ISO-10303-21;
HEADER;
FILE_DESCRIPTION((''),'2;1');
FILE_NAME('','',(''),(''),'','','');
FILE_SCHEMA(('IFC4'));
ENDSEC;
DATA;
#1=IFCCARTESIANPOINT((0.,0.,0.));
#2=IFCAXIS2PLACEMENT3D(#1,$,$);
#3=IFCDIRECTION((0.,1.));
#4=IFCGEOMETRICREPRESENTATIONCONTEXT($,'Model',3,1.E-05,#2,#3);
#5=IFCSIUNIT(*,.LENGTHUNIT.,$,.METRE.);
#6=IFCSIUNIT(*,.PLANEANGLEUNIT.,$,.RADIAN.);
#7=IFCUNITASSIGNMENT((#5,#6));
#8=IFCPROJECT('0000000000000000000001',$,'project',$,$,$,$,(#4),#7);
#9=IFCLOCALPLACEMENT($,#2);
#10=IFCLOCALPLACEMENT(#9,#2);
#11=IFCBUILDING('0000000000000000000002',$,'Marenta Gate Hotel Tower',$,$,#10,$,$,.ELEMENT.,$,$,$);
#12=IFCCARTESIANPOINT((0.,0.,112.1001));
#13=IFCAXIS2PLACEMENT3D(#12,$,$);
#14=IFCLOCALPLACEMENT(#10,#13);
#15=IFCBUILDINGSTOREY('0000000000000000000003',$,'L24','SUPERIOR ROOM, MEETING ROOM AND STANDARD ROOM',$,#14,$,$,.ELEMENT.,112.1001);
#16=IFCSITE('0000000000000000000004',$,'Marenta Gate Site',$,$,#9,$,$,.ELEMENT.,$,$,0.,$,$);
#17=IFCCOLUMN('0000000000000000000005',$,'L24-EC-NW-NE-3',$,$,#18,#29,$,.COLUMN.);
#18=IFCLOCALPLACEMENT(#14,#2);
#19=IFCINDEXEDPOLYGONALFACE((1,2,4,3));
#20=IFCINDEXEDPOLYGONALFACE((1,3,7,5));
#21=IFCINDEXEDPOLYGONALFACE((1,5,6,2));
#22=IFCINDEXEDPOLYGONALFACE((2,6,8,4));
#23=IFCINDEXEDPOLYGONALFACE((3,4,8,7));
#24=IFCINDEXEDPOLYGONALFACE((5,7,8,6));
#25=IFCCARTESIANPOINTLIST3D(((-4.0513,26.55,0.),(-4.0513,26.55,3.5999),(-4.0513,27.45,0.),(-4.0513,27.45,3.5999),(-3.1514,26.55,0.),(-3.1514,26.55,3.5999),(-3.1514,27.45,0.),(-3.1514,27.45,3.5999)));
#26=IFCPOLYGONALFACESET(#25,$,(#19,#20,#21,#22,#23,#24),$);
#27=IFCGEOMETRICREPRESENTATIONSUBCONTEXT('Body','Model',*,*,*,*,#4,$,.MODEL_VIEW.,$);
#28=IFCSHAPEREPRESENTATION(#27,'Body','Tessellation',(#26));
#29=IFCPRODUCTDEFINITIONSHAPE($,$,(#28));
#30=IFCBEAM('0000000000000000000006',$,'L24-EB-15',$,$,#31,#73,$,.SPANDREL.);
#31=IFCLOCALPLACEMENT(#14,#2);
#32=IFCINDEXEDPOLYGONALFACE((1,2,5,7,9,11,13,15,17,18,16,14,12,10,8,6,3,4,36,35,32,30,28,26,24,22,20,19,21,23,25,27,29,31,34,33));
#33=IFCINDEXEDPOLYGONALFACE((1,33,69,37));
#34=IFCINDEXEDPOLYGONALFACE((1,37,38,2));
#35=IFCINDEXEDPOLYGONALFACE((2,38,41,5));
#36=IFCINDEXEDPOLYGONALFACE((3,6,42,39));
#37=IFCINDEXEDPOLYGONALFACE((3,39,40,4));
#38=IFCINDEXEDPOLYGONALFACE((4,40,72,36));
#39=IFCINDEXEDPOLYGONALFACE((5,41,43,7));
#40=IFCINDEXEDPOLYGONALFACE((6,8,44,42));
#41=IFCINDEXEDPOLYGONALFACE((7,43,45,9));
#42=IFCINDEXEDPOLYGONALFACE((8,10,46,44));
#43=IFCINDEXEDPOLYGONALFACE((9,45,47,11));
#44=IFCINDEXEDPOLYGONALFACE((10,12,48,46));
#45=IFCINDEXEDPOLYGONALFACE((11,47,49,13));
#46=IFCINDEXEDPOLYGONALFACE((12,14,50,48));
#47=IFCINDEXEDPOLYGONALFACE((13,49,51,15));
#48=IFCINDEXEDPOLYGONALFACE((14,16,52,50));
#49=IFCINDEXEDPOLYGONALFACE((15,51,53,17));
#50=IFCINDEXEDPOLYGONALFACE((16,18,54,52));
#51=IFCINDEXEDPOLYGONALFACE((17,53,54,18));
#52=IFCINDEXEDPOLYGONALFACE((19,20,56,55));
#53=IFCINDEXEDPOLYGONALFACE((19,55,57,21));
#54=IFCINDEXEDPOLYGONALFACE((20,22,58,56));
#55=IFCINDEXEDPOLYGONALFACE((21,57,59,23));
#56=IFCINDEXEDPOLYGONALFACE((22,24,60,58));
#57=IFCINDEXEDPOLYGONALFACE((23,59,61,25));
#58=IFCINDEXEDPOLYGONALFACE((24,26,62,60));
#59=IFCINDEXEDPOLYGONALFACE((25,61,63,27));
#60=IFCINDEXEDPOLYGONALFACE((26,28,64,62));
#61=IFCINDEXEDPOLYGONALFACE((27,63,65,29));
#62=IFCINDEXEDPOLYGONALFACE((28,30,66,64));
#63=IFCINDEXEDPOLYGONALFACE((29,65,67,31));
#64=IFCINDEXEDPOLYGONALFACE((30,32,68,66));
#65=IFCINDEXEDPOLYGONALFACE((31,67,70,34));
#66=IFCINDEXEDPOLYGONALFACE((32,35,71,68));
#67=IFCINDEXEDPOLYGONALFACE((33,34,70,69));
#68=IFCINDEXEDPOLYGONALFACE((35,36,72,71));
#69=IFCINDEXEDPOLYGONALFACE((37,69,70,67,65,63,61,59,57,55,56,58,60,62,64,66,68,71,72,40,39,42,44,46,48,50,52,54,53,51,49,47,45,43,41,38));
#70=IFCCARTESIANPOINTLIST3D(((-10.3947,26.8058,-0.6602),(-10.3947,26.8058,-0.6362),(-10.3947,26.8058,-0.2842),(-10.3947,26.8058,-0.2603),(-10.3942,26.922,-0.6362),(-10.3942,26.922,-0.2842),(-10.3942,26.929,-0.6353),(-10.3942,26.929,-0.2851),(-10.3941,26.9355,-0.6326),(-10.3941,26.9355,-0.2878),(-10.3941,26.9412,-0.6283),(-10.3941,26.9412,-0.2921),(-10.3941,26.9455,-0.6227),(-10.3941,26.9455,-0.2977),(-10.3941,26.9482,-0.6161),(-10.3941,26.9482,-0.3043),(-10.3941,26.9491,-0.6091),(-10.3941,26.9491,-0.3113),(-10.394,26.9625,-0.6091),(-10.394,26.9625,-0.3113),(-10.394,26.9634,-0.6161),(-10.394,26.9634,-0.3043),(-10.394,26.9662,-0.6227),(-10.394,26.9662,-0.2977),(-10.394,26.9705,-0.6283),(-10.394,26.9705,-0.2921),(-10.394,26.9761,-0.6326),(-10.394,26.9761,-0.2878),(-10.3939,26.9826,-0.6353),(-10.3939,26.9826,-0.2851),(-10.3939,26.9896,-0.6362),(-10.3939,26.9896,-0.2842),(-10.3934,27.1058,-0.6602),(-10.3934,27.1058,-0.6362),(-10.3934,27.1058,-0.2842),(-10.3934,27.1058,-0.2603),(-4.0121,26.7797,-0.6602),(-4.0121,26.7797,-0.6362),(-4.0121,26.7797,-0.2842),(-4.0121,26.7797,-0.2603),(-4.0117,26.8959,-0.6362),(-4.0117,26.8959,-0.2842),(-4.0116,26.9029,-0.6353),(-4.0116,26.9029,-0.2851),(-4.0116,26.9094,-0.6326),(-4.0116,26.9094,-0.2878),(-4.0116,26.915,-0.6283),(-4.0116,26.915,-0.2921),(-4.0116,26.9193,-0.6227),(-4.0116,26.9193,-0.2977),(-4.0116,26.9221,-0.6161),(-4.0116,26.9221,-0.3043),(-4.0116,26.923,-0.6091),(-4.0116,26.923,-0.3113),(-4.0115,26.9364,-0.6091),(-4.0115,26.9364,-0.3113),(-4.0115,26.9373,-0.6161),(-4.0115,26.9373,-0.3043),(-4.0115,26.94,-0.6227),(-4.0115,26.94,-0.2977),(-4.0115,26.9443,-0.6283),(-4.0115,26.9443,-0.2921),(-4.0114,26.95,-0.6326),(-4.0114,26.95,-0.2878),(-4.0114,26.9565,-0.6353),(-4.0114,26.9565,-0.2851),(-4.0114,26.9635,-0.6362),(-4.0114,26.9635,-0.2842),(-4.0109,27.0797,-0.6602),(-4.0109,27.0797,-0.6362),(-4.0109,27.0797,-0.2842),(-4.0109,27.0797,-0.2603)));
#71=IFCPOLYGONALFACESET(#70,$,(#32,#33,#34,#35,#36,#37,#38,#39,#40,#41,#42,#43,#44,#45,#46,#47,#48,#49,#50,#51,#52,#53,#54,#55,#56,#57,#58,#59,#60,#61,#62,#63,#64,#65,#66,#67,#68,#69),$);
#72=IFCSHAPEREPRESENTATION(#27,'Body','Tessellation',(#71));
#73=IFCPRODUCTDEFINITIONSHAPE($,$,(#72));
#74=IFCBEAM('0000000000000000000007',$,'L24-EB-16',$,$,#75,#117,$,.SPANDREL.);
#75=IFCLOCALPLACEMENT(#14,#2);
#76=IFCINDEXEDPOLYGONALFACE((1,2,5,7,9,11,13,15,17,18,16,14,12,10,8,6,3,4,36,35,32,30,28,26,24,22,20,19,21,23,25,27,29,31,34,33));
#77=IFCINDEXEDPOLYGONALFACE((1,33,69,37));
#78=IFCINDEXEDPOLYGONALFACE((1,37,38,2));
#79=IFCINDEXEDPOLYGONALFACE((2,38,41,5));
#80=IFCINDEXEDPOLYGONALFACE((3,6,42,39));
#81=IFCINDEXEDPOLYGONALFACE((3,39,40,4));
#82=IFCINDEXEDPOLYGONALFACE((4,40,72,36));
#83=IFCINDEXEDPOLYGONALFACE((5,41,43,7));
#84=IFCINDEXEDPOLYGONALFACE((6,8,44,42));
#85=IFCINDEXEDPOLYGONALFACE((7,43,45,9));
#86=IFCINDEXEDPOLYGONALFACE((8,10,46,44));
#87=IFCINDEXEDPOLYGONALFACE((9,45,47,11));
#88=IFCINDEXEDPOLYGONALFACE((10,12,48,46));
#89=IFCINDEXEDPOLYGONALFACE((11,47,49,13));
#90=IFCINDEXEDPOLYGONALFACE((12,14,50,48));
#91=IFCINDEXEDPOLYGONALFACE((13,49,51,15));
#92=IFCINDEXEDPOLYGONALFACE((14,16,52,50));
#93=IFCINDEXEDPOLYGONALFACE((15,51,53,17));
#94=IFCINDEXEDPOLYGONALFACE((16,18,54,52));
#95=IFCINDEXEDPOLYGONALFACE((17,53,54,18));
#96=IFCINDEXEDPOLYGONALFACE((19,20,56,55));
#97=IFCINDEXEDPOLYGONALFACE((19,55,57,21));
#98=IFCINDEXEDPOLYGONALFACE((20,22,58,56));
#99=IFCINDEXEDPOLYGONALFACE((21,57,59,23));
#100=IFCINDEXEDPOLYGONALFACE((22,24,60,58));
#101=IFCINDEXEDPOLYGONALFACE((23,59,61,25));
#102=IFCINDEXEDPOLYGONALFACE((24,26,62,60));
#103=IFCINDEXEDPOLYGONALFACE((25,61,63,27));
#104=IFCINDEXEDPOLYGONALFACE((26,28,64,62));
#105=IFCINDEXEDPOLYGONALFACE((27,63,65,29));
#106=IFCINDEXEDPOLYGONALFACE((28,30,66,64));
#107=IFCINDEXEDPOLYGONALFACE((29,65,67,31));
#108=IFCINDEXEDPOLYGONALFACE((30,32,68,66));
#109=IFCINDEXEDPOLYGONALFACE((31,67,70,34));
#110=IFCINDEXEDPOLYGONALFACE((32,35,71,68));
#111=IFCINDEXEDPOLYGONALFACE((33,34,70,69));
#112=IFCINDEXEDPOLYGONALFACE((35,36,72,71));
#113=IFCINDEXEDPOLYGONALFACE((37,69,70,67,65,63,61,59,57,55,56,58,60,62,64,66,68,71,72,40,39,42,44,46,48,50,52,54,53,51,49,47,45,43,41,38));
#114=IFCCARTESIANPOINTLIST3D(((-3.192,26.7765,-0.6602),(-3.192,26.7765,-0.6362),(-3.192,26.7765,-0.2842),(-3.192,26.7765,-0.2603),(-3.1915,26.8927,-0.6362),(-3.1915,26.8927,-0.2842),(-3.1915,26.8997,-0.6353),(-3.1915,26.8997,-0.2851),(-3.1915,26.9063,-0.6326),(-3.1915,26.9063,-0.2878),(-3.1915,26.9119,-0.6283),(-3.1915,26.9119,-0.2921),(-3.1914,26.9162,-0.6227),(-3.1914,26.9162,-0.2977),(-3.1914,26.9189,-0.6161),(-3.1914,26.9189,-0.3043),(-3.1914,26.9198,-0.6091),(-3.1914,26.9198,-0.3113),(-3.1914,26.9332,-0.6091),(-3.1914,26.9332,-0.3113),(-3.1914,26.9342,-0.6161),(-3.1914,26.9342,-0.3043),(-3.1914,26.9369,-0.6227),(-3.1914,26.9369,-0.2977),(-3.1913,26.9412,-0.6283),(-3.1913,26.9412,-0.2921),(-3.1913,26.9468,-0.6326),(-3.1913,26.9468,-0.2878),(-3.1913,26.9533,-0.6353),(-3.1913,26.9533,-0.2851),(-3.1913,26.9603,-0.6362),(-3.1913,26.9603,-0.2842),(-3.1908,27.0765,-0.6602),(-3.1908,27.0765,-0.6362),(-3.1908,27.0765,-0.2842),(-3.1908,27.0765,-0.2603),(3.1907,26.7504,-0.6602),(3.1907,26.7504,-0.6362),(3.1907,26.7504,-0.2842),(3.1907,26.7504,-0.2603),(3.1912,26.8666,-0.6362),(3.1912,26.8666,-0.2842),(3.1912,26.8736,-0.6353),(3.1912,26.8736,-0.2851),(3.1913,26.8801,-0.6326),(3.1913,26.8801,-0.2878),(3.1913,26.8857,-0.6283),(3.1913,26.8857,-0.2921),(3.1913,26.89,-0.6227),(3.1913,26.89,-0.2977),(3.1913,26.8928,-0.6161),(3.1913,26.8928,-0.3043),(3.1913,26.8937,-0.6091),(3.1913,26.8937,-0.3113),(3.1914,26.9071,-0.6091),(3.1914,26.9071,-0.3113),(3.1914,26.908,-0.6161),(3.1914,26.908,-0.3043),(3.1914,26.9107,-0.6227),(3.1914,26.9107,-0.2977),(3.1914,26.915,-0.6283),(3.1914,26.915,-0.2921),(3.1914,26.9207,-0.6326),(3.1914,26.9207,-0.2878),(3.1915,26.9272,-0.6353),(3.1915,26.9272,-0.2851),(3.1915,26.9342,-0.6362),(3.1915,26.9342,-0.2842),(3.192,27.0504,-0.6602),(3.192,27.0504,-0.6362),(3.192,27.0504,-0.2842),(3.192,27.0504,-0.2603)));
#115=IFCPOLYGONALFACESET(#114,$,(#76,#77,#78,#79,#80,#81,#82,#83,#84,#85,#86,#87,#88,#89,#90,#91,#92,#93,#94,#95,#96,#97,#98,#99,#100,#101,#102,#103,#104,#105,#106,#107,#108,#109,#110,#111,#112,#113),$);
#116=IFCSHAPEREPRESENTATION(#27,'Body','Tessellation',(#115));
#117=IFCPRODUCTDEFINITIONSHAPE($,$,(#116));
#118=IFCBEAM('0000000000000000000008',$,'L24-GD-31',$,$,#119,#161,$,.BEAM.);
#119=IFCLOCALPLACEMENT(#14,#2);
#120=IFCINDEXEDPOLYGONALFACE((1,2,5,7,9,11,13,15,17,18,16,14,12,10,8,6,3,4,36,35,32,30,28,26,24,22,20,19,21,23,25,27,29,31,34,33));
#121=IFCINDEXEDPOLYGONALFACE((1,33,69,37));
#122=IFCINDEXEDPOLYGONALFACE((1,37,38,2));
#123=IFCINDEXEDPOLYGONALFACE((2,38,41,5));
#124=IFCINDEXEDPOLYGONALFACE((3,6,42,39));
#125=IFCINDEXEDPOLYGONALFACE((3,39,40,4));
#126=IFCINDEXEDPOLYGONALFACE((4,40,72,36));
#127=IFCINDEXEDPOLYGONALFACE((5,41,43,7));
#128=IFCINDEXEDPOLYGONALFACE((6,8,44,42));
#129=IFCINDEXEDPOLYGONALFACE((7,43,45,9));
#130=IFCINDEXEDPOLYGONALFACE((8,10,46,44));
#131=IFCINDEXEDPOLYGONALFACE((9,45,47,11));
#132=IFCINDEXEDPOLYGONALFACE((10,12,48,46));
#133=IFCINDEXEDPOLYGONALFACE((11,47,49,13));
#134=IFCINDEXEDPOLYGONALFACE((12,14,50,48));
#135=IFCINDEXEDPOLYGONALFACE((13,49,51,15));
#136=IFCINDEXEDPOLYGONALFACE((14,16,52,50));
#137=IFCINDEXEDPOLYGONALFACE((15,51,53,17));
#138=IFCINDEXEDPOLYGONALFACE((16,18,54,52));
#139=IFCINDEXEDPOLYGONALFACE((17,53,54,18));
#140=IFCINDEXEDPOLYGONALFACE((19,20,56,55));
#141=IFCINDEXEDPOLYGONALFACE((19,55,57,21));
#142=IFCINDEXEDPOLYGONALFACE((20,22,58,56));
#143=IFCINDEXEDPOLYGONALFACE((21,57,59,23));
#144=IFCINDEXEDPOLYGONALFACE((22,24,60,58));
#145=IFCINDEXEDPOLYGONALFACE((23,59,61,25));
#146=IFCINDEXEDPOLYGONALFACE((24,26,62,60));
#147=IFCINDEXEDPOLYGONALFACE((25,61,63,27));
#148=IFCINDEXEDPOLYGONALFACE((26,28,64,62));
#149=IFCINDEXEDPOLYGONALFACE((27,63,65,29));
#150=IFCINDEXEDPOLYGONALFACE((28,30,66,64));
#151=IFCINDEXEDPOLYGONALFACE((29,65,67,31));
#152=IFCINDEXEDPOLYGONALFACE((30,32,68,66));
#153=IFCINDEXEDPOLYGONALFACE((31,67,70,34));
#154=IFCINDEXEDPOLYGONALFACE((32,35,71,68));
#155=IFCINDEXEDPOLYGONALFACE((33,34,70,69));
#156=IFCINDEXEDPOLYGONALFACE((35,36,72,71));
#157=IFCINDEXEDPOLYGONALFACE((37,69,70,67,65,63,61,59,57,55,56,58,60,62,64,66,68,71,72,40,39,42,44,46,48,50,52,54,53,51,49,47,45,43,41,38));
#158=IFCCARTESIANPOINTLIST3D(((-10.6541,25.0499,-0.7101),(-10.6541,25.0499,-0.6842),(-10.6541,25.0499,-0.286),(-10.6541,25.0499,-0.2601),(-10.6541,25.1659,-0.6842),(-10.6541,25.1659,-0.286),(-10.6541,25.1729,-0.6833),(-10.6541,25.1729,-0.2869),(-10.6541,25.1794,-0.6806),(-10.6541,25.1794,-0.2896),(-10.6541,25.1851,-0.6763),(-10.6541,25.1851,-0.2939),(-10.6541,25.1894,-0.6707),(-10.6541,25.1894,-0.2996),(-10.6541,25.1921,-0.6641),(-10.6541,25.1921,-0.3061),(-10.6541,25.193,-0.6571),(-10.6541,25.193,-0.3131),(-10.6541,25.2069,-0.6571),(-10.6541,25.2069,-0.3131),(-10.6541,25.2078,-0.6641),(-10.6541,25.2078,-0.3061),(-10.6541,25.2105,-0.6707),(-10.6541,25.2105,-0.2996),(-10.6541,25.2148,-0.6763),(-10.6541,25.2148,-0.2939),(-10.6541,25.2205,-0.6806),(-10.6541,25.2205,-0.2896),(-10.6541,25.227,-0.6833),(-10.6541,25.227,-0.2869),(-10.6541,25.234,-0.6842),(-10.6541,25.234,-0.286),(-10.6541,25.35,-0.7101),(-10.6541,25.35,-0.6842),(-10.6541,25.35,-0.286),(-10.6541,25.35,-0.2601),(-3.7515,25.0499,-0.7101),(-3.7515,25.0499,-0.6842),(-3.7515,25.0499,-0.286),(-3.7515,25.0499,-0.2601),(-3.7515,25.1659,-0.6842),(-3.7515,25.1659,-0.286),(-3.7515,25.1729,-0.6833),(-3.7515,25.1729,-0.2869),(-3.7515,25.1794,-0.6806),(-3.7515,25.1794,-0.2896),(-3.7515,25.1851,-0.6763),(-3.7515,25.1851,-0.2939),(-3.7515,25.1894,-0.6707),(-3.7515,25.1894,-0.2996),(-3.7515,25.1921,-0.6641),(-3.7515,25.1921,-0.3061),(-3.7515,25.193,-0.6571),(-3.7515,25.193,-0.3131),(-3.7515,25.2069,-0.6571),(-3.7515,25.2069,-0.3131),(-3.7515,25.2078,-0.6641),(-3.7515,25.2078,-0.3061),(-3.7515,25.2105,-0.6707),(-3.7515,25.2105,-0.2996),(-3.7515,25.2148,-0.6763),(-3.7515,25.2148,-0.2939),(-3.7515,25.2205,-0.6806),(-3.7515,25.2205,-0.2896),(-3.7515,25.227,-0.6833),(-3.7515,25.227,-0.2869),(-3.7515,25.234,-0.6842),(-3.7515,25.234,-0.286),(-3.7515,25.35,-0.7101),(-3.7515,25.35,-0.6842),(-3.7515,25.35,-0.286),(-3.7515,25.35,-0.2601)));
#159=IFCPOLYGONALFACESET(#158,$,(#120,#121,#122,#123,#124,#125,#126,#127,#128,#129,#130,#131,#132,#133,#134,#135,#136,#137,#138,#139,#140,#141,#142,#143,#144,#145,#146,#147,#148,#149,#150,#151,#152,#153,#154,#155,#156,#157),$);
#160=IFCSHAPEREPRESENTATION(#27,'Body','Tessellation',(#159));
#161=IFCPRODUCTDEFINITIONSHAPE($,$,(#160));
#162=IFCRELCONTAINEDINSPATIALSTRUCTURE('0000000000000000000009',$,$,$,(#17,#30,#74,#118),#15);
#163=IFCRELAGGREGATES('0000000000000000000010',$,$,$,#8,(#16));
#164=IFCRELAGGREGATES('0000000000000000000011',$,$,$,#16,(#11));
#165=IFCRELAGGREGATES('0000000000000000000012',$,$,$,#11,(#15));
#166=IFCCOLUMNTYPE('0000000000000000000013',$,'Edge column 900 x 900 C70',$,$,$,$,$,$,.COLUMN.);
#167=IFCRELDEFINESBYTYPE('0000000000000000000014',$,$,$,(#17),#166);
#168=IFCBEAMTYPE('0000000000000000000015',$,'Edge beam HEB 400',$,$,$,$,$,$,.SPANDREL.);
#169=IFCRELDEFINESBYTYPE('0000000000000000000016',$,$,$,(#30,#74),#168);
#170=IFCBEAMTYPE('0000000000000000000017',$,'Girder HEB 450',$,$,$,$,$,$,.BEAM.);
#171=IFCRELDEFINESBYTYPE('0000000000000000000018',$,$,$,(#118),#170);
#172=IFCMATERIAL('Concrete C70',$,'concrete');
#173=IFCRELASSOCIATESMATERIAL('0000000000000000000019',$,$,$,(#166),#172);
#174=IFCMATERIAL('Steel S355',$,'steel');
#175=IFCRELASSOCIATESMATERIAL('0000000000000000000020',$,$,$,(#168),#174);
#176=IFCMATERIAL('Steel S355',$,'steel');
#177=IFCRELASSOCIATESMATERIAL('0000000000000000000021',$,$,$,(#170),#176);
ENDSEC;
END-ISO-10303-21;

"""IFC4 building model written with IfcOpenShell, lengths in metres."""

from ifc_helpers import new_model, si_unit, direction, frame, origin, origin_2d, place, context, subcontext, project, spatial, rectangle, i_section, extrude, material, material_profile, profile_set, type_object, element, save


model = new_model("IFC4")

# Units and contexts
model_context = context("Model", 3, precision=1e-05, world=origin(), true_north=direction((0.0, 1.0)))
body_context = subcontext(model_context, "Body", "Model", "MODEL_VIEW")
ifc_project = project(units=[si_unit("LENGTHUNIT", "METRE"), si_unit("PLANEANGLEUNIT", "RADIAN")], contexts=[model_context])

# Site, building, storey
site_placement = place(None, origin())
site = spatial("IfcSite", under=ifc_project, at=site_placement, Name="Marenta Gate Site", CompositionType="ELEMENT", RefElevation=0.0)
building_placement = place(site_placement, origin())
building = spatial("IfcBuilding", under=site, at=building_placement, Name="Marenta Gate Hotel Tower", CompositionType="ELEMENT")
storey_placement = place(building_placement, frame((0.0, 0.0, 112.1001)))
storey = spatial("IfcBuildingStorey", under=building, at=storey_placement, Name="L24", Description="SUPERIOR ROOM, MEETING ROOM AND STANDARD ROOM", CompositionType="ELEMENT", Elevation=112.1001)

# Column
ifc_material_1 = material(Name="Concrete C70", Category="concrete")
ifc_material_profile_1 = material_profile(ifc_material_1, rectangle(XDim=0.8999, YDim=0.8999, at=origin_2d()), Name="900 x 900")
ifc_profile_set_1 = profile_set([ifc_material_profile_1], Name="Concrete C70")
column_type = type_object("IfcColumnType", Name="Edge column 900 x 900 C70", PredefinedType="COLUMN", material=ifc_profile_set_1)
column_placement = place(storey_placement, frame((-3.6013, 27.0, 0.0), z_axis=(0.0, 0.0, 1.0), x_axis=(1.0, 0.0, 0.0)))
element("IfcColumn", 1, at=column_placement, inside=storey, type_object=column_type, Name="L24-EC-NW-NE-3", PredefinedType="COLUMN", context=body_context, shape_type="SweptSolid", body=[
    extrude(rectangle(XDim=0.8999, YDim=0.8999, at=origin_2d()), origin(), (0.0, 0.0, 1.0), 3.5999),
])

# Beams
ifc_material_2 = material(Name="Steel S355", Category="steel")
ifc_material_profile_2 = material_profile(ifc_material_2, i_section(OverallWidth=0.3, OverallDepth=0.3999, WebThickness=0.0134, FlangeThickness=0.0239, FilletRadius=0.0271, at=origin_2d()), Name="HEB 400")
ifc_profile_set_2 = profile_set([ifc_material_profile_2], Name="Steel S355")
beam_type_1 = type_object("IfcBeamType", Name="Edge beam HEB 400", PredefinedType="SPANDREL", material=ifc_profile_set_2)
beam_1_placement = place(storey_placement, frame((-10.394, 26.9558, -0.4602), z_axis=(0.999992, -0.004093, 0.0), x_axis=(0.004093, 0.999992, 0.0)))
element("IfcBeam", 2, at=beam_1_placement, inside=storey, type_object=beam_type_1, Name="L24-EB-15", PredefinedType="SPANDREL", context=body_context, shape_type="SweptSolid", body=[
    extrude(i_section(OverallWidth=0.3, OverallDepth=0.3999, WebThickness=0.0134, FlangeThickness=0.0239, FilletRadius=0.0271, at=origin_2d()), origin(), (0.0, 0.0, 1.0), 6.3826),
])
beam_2_placement = place(storey_placement, frame((-3.1914, 26.9265, -0.4602), z_axis=(0.999992, -0.004093, 0.0), x_axis=(0.004093, 0.999992, 0.0)))
element("IfcBeam", 3, at=beam_2_placement, inside=storey, type_object=beam_type_1, Name="L24-EB-16", PredefinedType="SPANDREL", context=body_context, shape_type="SweptSolid", body=[
    extrude(i_section(OverallWidth=0.3, OverallDepth=0.3999, WebThickness=0.0134, FlangeThickness=0.0239, FilletRadius=0.0271, at=origin_2d()), origin(), (0.0, 0.0, 1.0), 6.3828),
])
ifc_material_3 = material(Name="Steel S355", Category="steel")
ifc_material_profile_3 = material_profile(ifc_material_3, i_section(OverallWidth=0.3, OverallDepth=0.45, WebThickness=0.0139, FlangeThickness=0.0259, FilletRadius=0.0271, at=origin_2d()), Name="HEB 450")
ifc_profile_set_3 = profile_set([ifc_material_profile_3], Name="Steel S355")
beam_type_2 = type_object("IfcBeamType", Name="Girder HEB 450", PredefinedType="BEAM", material=ifc_profile_set_3)
beam_3_placement = place(storey_placement, frame((-10.6541, 25.2, -0.4851), z_axis=(1.0, 0.0, 0.0), x_axis=(0.0, 1.0, 0.0)))
element("IfcBeam", 4, at=beam_3_placement, inside=storey, type_object=beam_type_2, Name="L24-GD-31", PredefinedType="BEAM", context=body_context, shape_type="SweptSolid", body=[
    extrude(i_section(OverallWidth=0.3, OverallDepth=0.45, WebThickness=0.0139, FlangeThickness=0.0259, FilletRadius=0.0271, at=origin_2d()), origin(), (0.0, 0.0, 1.0), 6.9026),
])

save(model, "model.ifc")
